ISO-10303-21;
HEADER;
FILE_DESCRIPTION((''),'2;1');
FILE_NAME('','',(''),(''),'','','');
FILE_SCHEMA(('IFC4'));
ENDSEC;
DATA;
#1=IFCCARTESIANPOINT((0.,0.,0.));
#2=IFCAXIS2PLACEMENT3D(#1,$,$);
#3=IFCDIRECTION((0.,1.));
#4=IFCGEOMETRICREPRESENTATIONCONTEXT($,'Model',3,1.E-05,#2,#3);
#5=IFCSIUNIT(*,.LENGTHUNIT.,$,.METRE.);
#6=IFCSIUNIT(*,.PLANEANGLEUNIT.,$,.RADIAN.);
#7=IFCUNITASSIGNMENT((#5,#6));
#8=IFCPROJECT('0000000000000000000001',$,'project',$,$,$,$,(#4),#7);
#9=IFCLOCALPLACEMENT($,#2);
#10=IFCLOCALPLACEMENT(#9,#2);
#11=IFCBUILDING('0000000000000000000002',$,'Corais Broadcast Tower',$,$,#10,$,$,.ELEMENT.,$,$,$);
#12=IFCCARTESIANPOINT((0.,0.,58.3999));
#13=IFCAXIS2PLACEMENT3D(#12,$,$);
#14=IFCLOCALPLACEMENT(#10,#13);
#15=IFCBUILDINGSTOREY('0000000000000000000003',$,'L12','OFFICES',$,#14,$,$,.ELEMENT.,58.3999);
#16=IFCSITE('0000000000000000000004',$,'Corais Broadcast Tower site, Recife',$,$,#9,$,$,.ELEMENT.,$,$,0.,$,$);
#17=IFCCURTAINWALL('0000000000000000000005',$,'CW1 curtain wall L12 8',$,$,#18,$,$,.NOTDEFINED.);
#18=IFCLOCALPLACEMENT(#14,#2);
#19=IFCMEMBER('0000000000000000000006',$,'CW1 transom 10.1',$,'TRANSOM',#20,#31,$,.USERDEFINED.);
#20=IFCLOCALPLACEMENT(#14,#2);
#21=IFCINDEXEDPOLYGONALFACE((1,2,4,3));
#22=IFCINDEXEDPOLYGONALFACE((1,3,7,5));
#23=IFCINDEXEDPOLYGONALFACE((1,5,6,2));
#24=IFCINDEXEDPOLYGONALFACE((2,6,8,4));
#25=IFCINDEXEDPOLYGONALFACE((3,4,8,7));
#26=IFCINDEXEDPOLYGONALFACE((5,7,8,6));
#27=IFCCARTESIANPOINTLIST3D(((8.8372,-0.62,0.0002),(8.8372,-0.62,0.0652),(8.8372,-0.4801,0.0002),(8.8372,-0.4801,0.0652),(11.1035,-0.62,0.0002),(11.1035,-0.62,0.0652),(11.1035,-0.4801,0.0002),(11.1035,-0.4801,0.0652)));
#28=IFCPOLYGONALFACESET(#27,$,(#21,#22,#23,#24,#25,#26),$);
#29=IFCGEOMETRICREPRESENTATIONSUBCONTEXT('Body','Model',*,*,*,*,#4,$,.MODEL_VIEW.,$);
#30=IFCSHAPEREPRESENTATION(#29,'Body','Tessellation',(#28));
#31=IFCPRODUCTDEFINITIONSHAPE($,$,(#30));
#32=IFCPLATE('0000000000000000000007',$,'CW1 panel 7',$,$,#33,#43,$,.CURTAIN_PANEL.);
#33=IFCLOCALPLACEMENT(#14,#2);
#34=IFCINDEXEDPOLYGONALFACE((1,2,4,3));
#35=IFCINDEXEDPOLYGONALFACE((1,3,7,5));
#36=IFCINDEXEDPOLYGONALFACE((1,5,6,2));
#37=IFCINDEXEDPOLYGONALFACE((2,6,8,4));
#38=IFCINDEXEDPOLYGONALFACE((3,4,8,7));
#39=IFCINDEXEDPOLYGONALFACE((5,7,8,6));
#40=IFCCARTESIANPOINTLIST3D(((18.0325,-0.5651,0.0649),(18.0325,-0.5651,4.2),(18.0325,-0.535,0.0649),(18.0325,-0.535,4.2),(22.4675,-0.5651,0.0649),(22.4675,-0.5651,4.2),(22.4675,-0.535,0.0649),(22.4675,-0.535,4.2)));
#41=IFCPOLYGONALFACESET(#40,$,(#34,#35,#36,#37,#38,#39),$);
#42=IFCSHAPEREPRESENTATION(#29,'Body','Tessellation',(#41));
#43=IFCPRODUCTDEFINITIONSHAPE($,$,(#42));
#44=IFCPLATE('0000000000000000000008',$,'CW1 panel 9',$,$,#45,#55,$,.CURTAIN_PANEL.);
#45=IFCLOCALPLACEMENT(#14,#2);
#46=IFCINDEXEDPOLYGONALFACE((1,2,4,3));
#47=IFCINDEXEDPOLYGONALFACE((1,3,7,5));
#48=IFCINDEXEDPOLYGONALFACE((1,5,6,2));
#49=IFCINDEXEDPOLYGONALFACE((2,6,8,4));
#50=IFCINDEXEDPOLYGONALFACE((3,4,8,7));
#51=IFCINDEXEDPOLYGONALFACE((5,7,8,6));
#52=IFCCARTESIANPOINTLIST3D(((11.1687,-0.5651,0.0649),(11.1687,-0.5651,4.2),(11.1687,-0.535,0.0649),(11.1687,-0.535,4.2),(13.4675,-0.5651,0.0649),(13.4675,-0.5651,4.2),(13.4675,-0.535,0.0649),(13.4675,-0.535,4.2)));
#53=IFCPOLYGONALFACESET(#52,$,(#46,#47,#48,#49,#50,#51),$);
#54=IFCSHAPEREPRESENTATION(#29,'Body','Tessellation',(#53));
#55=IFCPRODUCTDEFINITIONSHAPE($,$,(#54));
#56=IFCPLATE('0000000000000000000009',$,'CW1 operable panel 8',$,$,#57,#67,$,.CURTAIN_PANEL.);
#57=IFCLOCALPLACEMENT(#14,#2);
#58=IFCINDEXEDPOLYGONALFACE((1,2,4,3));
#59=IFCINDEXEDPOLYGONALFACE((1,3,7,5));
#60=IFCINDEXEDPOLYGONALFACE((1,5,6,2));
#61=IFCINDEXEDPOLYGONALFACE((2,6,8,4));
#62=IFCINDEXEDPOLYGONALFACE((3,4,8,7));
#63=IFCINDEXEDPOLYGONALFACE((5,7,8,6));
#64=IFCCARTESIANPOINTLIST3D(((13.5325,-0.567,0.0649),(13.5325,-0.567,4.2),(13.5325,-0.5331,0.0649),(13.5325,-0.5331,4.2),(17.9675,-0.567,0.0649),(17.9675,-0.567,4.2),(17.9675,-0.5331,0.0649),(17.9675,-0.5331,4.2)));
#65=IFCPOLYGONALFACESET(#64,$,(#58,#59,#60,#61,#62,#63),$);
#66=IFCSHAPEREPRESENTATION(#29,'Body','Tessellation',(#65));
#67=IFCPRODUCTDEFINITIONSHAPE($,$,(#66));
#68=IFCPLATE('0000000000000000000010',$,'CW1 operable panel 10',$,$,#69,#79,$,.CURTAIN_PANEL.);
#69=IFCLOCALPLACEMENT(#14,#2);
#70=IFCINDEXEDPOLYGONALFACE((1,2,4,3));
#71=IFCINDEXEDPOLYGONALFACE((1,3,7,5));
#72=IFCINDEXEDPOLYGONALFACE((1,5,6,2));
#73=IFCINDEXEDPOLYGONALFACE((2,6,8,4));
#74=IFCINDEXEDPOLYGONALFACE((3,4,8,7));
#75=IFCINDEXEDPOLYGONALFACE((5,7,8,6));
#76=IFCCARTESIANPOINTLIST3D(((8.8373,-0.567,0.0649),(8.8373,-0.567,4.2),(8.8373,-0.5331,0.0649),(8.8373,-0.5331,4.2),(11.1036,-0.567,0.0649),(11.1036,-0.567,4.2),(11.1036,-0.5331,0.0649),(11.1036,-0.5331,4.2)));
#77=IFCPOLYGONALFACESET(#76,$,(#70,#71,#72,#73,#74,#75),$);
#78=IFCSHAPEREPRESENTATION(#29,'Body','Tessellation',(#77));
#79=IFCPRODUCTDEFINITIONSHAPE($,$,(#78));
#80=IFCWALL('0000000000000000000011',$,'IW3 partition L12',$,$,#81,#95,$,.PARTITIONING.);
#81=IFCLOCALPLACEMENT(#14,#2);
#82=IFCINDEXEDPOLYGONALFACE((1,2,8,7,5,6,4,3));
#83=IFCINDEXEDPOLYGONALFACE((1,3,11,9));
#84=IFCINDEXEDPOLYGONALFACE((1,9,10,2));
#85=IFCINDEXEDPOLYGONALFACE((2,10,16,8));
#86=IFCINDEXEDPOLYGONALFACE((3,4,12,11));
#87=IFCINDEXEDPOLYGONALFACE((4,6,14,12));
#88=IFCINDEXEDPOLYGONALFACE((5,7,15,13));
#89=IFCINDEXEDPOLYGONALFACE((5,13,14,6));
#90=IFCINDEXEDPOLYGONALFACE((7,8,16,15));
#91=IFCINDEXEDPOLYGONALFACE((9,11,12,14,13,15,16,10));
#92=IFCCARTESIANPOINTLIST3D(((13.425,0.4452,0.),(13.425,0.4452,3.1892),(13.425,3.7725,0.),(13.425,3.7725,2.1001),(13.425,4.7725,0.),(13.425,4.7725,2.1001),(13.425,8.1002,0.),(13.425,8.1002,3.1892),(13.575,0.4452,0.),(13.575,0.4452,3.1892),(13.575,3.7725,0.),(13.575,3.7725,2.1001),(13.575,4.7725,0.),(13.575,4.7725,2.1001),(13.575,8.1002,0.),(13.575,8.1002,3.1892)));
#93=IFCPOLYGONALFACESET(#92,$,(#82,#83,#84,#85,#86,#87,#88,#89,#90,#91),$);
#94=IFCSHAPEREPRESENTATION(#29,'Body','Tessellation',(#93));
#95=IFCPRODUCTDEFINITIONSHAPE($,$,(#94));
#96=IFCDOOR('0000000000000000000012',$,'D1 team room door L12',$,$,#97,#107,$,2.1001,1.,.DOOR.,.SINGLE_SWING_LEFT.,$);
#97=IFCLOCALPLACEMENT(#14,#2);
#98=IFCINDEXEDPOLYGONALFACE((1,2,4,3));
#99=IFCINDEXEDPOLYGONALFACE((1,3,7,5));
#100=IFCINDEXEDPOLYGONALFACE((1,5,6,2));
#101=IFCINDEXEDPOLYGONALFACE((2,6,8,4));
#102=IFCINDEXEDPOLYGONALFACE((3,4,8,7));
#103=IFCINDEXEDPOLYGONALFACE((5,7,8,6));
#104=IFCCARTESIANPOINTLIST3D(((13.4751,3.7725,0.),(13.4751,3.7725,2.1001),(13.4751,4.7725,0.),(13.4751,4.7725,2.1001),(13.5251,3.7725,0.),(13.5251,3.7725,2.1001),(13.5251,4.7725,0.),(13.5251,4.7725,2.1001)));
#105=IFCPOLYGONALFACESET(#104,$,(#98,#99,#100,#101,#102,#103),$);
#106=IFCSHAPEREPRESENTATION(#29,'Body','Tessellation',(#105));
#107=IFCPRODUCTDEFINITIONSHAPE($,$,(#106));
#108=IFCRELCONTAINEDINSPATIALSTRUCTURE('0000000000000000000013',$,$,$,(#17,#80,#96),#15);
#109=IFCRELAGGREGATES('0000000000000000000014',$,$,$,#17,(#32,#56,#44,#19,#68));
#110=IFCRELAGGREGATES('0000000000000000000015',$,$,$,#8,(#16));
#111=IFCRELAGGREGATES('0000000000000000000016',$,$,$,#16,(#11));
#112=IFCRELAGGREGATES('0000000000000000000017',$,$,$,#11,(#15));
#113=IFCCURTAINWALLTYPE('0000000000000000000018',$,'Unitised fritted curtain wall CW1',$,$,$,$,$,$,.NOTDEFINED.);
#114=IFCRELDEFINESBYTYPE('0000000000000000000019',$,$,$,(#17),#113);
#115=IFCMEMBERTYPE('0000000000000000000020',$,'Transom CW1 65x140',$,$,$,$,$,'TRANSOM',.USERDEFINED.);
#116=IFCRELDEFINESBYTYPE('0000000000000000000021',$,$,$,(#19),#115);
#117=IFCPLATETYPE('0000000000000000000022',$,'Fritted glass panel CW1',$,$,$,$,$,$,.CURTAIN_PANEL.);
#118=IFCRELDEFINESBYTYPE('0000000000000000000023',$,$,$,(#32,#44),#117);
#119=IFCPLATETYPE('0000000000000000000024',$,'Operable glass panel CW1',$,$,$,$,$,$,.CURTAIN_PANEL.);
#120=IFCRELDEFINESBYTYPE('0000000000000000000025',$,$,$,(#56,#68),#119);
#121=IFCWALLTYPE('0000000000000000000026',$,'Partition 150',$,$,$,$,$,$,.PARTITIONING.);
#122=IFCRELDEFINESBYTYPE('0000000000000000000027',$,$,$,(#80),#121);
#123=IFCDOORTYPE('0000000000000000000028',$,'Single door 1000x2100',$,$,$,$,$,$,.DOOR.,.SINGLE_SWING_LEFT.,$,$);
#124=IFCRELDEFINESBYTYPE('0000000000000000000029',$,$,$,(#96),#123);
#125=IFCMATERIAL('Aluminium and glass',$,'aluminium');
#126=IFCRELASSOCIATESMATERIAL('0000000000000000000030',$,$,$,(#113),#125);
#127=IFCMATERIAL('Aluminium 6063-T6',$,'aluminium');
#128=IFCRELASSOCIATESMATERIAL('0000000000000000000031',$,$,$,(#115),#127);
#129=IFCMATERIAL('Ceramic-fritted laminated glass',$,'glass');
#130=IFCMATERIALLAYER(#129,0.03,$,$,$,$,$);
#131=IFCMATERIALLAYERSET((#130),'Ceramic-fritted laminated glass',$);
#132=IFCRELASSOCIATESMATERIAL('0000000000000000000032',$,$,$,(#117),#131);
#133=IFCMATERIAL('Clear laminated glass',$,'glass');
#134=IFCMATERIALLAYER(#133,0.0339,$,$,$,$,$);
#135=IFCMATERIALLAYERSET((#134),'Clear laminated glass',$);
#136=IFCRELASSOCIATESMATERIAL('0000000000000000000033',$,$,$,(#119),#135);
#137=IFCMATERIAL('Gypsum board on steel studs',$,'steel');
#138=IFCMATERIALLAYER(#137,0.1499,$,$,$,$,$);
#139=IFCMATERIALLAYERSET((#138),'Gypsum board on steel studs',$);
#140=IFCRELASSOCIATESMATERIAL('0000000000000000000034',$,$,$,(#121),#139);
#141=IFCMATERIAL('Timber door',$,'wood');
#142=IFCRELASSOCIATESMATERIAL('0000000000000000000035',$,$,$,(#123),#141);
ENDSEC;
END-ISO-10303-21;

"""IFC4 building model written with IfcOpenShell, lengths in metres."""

from ifc_helpers import new_model, si_unit, direction, frame, frame_2d, origin, origin_2d, place, context, subcontext, project, spatial, rectangle, extrude, material, layer, layer_set, material_profile, profile_set, type_object, element, fill, aggregate, save


model = new_model("IFC4")

# Units and contexts
model_context = context("Model", 3, precision=1e-05, world=origin(), true_north=direction((0.0, 1.0)))
body_context = subcontext(model_context, "Body", "Model", "MODEL_VIEW")
ifc_project = project(units=[si_unit("LENGTHUNIT", "METRE"), si_unit("PLANEANGLEUNIT", "RADIAN")], contexts=[model_context])

# Site, building, storey
site_placement = place(None, origin())
site = spatial("IfcSite", under=ifc_project, at=site_placement, Name="Corais Broadcast Tower site, Recife", CompositionType="ELEMENT", RefElevation=0.0)
building_placement = place(site_placement, origin())
building = spatial("IfcBuilding", under=site, at=building_placement, Name="Corais Broadcast Tower", CompositionType="ELEMENT")
storey_placement = place(building_placement, frame((0.0, 0.0, 58.3999)))
storey = spatial("IfcBuildingStorey", under=building, at=storey_placement, Name="L12", Description="OFFICES", CompositionType="ELEMENT", Elevation=58.3999)

# Shared definitions
ifc_material_1 = material(Name="Aluminium and glass", Category="aluminium")
curtain_wall_type = type_object("IfcCurtainWallType", Name="Unitised fritted curtain wall CW1", PredefinedType="NOTDEFINED", material=ifc_material_1)

# Curtain wall
curtain_wall_1_placement = place(storey_placement, origin())
curtain_wall_1 = element("IfcCurtainWall", 1, at=curtain_wall_1_placement, inside=storey, type_object=curtain_wall_type, Name="CW1 curtain wall L12 8", PredefinedType="NOTDEFINED")

# Member
ifc_material_2 = material(Name="Aluminium 6063-T6", Category="aluminium")
ifc_material_profile_1 = material_profile(ifc_material_2, rectangle(XDim=0.1399, YDim=0.0649, at=origin_2d()), Name="Transom CW1 65x140")
ifc_profile_set_1 = profile_set([ifc_material_profile_1], Name="Aluminium 6063-T6")
member_type_1 = type_object("IfcMemberType", Name="Transom CW1 65x140", ElementType="TRANSOM", PredefinedType="USERDEFINED", material=ifc_profile_set_1)
member_1_placement = place(storey_placement, frame((11.1035, -0.55, 0.0327), z_axis=(-1.0, 0.0, 0.0), x_axis=(0.0, -1.0, 0.0)))
member_1 = element("IfcMember", 2, at=member_1_placement, type_object=member_type_1, Name="CW1 transom 10.1", ObjectType="TRANSOM", PredefinedType="USERDEFINED", context=body_context, shape_type="SweptSolid", body=[
    extrude(rectangle(XDim=0.1399, YDim=0.0649, at=origin_2d()), origin(), (0.0, 0.0, 1.0), 2.2664),
])

# Plates
ifc_material_3 = material(Name="Ceramic-fritted laminated glass", Category="glass")
ifc_layer_1 = layer(ifc_material_3, 0.03)
ifc_layer_set_1 = layer_set([ifc_layer_1], Name="Ceramic-fritted laminated glass")
plate_type_1 = type_object("IfcPlateType", Name="Fritted glass panel CW1", PredefinedType="CURTAIN_PANEL", material=ifc_layer_set_1)
plate_1_placement = place(storey_placement, frame((20.25, -0.55, 0.0649), z_axis=(0.0, 0.0, 1.0), x_axis=(-1.0, 0.0, 0.0)))
plate_1 = element("IfcPlate", 3, at=plate_1_placement, type_object=plate_type_1, Name="CW1 panel 7", PredefinedType="CURTAIN_PANEL", context=body_context, shape_type="SweptSolid", body=[
    extrude(rectangle(XDim=4.4351, YDim=0.03, at=origin_2d()), origin(), (0.0, 0.0, 1.0), 4.135),
])
plate_2_placement = place(storey_placement, frame((12.3181, -0.55, 0.0649), z_axis=(0.0, 0.0, 1.0), x_axis=(-1.0, 0.0, 0.0)))
plate_2 = element("IfcPlate", 4, at=plate_2_placement, type_object=plate_type_1, Name="CW1 panel 9", PredefinedType="CURTAIN_PANEL", context=body_context, shape_type="SweptSolid", body=[
    extrude(rectangle(XDim=2.2988, YDim=0.03, at=origin_2d()), origin(), (0.0, 0.0, 1.0), 4.135),
])
ifc_material_4 = material(Name="Clear laminated glass", Category="glass")
ifc_layer_2 = layer(ifc_material_4, 0.0339)
ifc_layer_set_2 = layer_set([ifc_layer_2], Name="Clear laminated glass")
plate_type_2 = type_object("IfcPlateType", Name="Operable glass panel CW1", PredefinedType="CURTAIN_PANEL", material=ifc_layer_set_2)
plate_3_placement = place(storey_placement, frame((15.75, -0.55, 0.0649), z_axis=(0.0, 0.0, 1.0), x_axis=(-1.0, 0.0, 0.0)))
plate_3 = element("IfcPlate", 5, at=plate_3_placement, type_object=plate_type_2, Name="CW1 operable panel 8", PredefinedType="CURTAIN_PANEL", context=body_context, shape_type="SweptSolid", body=[
    extrude(rectangle(XDim=4.4351, YDim=0.0339, at=origin_2d()), origin(), (0.0, 0.0, 1.0), 4.135),
])
plate_4_placement = place(storey_placement, frame((9.9705, -0.55, 0.0649), z_axis=(0.0, 0.0, 1.0), x_axis=(-1.0, 0.0, 0.0)))
plate_4 = element("IfcPlate", 6, at=plate_4_placement, type_object=plate_type_2, Name="CW1 operable panel 10", PredefinedType="CURTAIN_PANEL", context=body_context, shape_type="SweptSolid", body=[
    extrude(rectangle(XDim=2.2664, YDim=0.0339, at=origin_2d()), origin(), (0.0, 0.0, 1.0), 4.135),
])
aggregate(curtain_wall_1, [plate_1, plate_3, plate_2, member_1, plate_4])

# Wall, opening, door
ifc_material_5 = material(Name="Gypsum board on steel studs", Category="steel")
ifc_layer_3 = layer(ifc_material_5, 0.1499)
ifc_layer_set_3 = layer_set([ifc_layer_3], Name="Gypsum board on steel studs")
wall_type = type_object("IfcWallType", Name="Partition 150", PredefinedType="PARTITIONING", material=ifc_layer_set_3)
wall_placement = place(storey_placement, frame((13.5, 0.4451, 0.0), z_axis=(0.0, 0.0, 1.0), x_axis=(0.0, 1.0, 0.0)))
wall = element("IfcWall", 7, at=wall_placement, inside=storey, type_object=wall_type, Name="IW3 partition L12", PredefinedType="PARTITIONING", context=body_context, shape_type="SweptSolid", body=[
    extrude(rectangle(XDim=7.655, YDim=0.1499, at=frame_2d((3.8276, 0.0))), origin(), (0.0, 0.0, 1.0), 3.1892),
])
opening_placement = place(wall_placement, frame((3.3274, 0.0, 0.0)))
opening = element("IfcOpeningElement", 8, at=opening_placement, cuts=wall, PredefinedType="OPENING", context=body_context, shape_type="SweptSolid", body=[
    extrude(rectangle(XDim=1.0, YDim=2.1001, at=frame_2d((0.5, 1.05))), frame((0.0, 0.085, 0.0), z_axis=(0.0, -1.0, 0.0), x_axis=(1.0, 0.0, 0.0)), (0.0, 0.0, 1.0), 0.1699),
])
ifc_material_6 = material(Name="Timber door", Category="wood")
door_type = type_object("IfcDoorType", Name="Single door 1000x2100", OperationType="SINGLE_SWING_LEFT", PredefinedType="DOOR", material=ifc_material_6)
door_placement = place(opening_placement, origin())
door = element("IfcDoor", 9, at=door_placement, inside=storey, type_object=door_type, Name="D1 team room door L12", OperationType="SINGLE_SWING_LEFT", OverallHeight=2.1001, OverallWidth=1.0, PredefinedType="DOOR", context=body_context, shape_type="SweptSolid", body=[
    extrude(rectangle(XDim=1.0, YDim=2.1001, at=frame_2d((0.5, 1.05))), frame((0.0, 0.0249, 0.0), z_axis=(0.0, -1.0, 0.0), x_axis=(1.0, 0.0, 0.0)), (0.0, 0.0, 1.0), 0.05),
])
fill(opening, door)

save(model, "model.ifc")
